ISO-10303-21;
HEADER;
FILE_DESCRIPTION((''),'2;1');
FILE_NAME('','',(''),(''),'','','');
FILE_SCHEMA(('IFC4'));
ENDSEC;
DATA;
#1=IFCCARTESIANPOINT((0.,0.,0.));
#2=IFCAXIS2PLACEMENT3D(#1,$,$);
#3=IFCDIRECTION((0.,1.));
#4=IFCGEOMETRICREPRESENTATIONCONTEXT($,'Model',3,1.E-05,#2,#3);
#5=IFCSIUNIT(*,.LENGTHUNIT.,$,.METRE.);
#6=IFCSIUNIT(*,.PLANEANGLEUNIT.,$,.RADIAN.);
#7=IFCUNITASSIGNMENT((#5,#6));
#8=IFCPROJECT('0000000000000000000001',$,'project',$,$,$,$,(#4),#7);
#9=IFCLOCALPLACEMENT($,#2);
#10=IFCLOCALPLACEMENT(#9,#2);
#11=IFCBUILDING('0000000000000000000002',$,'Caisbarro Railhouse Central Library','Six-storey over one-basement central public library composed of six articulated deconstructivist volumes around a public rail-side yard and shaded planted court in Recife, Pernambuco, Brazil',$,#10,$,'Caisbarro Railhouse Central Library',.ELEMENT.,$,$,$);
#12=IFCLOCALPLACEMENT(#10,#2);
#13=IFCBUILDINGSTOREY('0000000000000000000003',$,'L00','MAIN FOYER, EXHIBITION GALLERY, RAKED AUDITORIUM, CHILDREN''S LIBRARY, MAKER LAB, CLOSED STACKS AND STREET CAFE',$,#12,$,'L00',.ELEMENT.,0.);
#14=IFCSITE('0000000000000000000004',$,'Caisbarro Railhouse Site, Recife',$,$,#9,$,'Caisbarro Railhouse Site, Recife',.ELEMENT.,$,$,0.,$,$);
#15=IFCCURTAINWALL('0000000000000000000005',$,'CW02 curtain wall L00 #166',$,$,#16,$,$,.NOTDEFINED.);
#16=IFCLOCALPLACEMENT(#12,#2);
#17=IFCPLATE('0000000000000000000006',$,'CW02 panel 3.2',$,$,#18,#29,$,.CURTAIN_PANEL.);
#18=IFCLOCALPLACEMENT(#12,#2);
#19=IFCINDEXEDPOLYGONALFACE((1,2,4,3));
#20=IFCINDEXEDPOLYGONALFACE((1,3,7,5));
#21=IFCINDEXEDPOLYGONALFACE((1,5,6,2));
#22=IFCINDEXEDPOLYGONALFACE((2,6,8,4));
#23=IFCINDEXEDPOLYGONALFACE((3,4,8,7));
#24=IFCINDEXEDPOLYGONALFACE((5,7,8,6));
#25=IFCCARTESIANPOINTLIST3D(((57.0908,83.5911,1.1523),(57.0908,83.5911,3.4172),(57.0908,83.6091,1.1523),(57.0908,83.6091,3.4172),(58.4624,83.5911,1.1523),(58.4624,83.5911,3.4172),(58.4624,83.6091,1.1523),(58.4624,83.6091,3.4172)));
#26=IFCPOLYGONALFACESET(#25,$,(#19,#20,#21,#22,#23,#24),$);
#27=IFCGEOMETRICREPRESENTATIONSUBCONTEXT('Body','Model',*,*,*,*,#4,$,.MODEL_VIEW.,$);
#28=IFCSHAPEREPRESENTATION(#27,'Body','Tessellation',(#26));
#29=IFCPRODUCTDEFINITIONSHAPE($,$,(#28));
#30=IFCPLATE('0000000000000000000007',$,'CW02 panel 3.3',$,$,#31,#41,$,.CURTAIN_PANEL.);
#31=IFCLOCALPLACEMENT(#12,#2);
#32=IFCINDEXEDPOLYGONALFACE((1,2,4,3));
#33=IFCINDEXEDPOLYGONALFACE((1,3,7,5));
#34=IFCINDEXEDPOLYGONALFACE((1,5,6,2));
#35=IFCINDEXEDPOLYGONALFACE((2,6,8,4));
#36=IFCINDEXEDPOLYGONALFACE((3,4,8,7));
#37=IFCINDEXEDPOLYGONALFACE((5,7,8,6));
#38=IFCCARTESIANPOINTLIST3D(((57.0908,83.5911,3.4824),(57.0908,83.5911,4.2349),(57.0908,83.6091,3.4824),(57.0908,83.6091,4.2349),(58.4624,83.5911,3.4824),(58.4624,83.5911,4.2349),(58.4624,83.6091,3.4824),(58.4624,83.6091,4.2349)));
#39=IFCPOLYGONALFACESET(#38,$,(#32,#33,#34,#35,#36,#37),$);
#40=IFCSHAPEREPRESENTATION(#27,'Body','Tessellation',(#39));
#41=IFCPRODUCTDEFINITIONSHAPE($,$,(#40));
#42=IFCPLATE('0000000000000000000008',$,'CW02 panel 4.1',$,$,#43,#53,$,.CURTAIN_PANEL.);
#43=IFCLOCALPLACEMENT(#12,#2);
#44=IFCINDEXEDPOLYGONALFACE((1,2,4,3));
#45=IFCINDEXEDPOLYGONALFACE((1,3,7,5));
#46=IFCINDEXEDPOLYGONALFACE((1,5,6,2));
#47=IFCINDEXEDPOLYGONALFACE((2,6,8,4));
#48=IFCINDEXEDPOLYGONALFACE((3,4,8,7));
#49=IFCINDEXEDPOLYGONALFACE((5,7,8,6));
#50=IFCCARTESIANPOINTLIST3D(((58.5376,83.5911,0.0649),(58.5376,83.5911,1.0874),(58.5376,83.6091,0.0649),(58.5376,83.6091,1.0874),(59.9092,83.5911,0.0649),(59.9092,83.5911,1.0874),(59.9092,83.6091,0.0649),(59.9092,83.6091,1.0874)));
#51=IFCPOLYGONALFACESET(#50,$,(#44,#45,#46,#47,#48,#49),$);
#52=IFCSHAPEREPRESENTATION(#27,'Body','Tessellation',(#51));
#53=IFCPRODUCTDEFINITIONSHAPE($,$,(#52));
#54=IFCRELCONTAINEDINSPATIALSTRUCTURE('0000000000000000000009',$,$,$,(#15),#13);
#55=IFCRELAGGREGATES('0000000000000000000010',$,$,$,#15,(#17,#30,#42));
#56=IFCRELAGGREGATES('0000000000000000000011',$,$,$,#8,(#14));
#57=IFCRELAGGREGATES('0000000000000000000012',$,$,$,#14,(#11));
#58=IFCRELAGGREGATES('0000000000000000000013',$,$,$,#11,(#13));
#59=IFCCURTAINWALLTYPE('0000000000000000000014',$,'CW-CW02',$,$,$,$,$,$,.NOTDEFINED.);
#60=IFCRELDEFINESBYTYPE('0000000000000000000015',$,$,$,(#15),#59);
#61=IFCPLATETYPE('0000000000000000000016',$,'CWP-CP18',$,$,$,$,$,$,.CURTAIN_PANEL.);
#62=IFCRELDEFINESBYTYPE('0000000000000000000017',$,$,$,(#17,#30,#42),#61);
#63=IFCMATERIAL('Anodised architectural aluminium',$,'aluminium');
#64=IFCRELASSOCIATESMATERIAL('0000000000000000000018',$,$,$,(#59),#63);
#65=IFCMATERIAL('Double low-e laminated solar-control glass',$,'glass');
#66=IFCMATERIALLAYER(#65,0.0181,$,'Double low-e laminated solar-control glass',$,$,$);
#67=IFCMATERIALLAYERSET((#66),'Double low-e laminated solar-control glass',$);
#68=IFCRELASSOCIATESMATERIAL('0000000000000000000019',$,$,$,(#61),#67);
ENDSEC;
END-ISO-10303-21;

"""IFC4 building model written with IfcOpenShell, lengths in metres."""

from ifc_helpers import new_model, si_unit, direction, frame, origin, origin_2d, place, context, subcontext, project, spatial, rectangle, extrude, material, layer, layer_set, type_object, element, aggregate, save


model = new_model("IFC4")

# Units and contexts
model_context = context("Model", 3, precision=1e-05, world=origin(), true_north=direction((0.0, 1.0)))
body_context = subcontext(model_context, "Body", "Model", "MODEL_VIEW")
ifc_project = project(units=[si_unit("LENGTHUNIT", "METRE"), si_unit("PLANEANGLEUNIT", "RADIAN")], contexts=[model_context])

# Site, building, storey
site_placement = place(None, origin())
site = spatial("IfcSite", under=ifc_project, at=site_placement, Name="Caisbarro Railhouse Site, Recife", LongName="Caisbarro Railhouse Site, Recife", CompositionType="ELEMENT", RefElevation=0.0)
building_placement = place(site_placement, origin())
building = spatial("IfcBuilding", under=site, at=building_placement, Name="Caisbarro Railhouse Central Library", Description="Six-storey over one-basement central public library composed of six articulated deconstructivist volumes around a public rail-side yard and shaded planted court in Recife, Pernambuco, Brazil", LongName="Caisbarro Railhouse Central Library", CompositionType="ELEMENT")
storey_placement = place(building_placement, origin())
storey = spatial("IfcBuildingStorey", under=building, at=storey_placement, Name="L00", Description="MAIN FOYER, EXHIBITION GALLERY, RAKED AUDITORIUM, CHILDREN'S LIBRARY, MAKER LAB, CLOSED STACKS AND STREET CAFE", LongName="L00", CompositionType="ELEMENT", Elevation=0.0)

# Curtain wall, plates
ifc_material_1 = material(Name="Anodised architectural aluminium", Category="aluminium")
curtain_wall_type = type_object("IfcCurtainWallType", Name="CW-CW02", PredefinedType="NOTDEFINED", material=ifc_material_1)
curtain_wall_placement = place(storey_placement, origin())
curtain_wall = element("IfcCurtainWall", 1, at=curtain_wall_placement, inside=storey, type_object=curtain_wall_type, Name="CW02 curtain wall L00 #166", PredefinedType="NOTDEFINED")
ifc_material_2 = material(Name="Double low-e laminated solar-control glass", Category="glass")
ifc_layer = layer(ifc_material_2, 0.0181, Name="Double low-e laminated solar-control glass")
ifc_layer_set = layer_set([ifc_layer], Name="Double low-e laminated solar-control glass")
plate_type = type_object("IfcPlateType", Name="CWP-CP18", PredefinedType="CURTAIN_PANEL", material=ifc_layer_set)
plate_1_placement = place(storey_placement, frame((57.7766, 83.6001, 1.1523), z_axis=(0.0, 0.0, 1.0), x_axis=(1.0, 0.0, 0.0)))
plate_1 = element("IfcPlate", 2, at=plate_1_placement, type_object=plate_type, Name="CW02 panel 3.2", PredefinedType="CURTAIN_PANEL", context=body_context, shape_type="SweptSolid", body=[
    extrude(rectangle(XDim=1.3716, YDim=0.0181, at=origin_2d()), origin(), (0.0, 0.0, 1.0), 2.2649),
])
plate_2_placement = place(storey_placement, frame((57.7766, 83.6001, 3.4824), z_axis=(0.0, 0.0, 1.0), x_axis=(1.0, 0.0, 0.0)))
plate_2 = element("IfcPlate", 3, at=plate_2_placement, type_object=plate_type, Name="CW02 panel 3.3", PredefinedType="CURTAIN_PANEL", context=body_context, shape_type="SweptSolid", body=[
    extrude(rectangle(XDim=1.3716, YDim=0.0181, at=origin_2d()), origin(), (0.0, 0.0, 1.0), 0.7524),
])
plate_3_placement = place(storey_placement, frame((59.2234, 83.6001, 0.0649), z_axis=(0.0, 0.0, 1.0), x_axis=(1.0, 0.0, 0.0)))
plate_3 = element("IfcPlate", 4, at=plate_3_placement, type_object=plate_type, Name="CW02 panel 4.1", PredefinedType="CURTAIN_PANEL", context=body_context, shape_type="SweptSolid", body=[
    extrude(rectangle(XDim=1.3716, YDim=0.0181, at=origin_2d()), origin(), (0.0, 0.0, 1.0), 1.0225),
])
aggregate(curtain_wall, [plate_1, plate_2, plate_3])

save(model, "model.ifc")
